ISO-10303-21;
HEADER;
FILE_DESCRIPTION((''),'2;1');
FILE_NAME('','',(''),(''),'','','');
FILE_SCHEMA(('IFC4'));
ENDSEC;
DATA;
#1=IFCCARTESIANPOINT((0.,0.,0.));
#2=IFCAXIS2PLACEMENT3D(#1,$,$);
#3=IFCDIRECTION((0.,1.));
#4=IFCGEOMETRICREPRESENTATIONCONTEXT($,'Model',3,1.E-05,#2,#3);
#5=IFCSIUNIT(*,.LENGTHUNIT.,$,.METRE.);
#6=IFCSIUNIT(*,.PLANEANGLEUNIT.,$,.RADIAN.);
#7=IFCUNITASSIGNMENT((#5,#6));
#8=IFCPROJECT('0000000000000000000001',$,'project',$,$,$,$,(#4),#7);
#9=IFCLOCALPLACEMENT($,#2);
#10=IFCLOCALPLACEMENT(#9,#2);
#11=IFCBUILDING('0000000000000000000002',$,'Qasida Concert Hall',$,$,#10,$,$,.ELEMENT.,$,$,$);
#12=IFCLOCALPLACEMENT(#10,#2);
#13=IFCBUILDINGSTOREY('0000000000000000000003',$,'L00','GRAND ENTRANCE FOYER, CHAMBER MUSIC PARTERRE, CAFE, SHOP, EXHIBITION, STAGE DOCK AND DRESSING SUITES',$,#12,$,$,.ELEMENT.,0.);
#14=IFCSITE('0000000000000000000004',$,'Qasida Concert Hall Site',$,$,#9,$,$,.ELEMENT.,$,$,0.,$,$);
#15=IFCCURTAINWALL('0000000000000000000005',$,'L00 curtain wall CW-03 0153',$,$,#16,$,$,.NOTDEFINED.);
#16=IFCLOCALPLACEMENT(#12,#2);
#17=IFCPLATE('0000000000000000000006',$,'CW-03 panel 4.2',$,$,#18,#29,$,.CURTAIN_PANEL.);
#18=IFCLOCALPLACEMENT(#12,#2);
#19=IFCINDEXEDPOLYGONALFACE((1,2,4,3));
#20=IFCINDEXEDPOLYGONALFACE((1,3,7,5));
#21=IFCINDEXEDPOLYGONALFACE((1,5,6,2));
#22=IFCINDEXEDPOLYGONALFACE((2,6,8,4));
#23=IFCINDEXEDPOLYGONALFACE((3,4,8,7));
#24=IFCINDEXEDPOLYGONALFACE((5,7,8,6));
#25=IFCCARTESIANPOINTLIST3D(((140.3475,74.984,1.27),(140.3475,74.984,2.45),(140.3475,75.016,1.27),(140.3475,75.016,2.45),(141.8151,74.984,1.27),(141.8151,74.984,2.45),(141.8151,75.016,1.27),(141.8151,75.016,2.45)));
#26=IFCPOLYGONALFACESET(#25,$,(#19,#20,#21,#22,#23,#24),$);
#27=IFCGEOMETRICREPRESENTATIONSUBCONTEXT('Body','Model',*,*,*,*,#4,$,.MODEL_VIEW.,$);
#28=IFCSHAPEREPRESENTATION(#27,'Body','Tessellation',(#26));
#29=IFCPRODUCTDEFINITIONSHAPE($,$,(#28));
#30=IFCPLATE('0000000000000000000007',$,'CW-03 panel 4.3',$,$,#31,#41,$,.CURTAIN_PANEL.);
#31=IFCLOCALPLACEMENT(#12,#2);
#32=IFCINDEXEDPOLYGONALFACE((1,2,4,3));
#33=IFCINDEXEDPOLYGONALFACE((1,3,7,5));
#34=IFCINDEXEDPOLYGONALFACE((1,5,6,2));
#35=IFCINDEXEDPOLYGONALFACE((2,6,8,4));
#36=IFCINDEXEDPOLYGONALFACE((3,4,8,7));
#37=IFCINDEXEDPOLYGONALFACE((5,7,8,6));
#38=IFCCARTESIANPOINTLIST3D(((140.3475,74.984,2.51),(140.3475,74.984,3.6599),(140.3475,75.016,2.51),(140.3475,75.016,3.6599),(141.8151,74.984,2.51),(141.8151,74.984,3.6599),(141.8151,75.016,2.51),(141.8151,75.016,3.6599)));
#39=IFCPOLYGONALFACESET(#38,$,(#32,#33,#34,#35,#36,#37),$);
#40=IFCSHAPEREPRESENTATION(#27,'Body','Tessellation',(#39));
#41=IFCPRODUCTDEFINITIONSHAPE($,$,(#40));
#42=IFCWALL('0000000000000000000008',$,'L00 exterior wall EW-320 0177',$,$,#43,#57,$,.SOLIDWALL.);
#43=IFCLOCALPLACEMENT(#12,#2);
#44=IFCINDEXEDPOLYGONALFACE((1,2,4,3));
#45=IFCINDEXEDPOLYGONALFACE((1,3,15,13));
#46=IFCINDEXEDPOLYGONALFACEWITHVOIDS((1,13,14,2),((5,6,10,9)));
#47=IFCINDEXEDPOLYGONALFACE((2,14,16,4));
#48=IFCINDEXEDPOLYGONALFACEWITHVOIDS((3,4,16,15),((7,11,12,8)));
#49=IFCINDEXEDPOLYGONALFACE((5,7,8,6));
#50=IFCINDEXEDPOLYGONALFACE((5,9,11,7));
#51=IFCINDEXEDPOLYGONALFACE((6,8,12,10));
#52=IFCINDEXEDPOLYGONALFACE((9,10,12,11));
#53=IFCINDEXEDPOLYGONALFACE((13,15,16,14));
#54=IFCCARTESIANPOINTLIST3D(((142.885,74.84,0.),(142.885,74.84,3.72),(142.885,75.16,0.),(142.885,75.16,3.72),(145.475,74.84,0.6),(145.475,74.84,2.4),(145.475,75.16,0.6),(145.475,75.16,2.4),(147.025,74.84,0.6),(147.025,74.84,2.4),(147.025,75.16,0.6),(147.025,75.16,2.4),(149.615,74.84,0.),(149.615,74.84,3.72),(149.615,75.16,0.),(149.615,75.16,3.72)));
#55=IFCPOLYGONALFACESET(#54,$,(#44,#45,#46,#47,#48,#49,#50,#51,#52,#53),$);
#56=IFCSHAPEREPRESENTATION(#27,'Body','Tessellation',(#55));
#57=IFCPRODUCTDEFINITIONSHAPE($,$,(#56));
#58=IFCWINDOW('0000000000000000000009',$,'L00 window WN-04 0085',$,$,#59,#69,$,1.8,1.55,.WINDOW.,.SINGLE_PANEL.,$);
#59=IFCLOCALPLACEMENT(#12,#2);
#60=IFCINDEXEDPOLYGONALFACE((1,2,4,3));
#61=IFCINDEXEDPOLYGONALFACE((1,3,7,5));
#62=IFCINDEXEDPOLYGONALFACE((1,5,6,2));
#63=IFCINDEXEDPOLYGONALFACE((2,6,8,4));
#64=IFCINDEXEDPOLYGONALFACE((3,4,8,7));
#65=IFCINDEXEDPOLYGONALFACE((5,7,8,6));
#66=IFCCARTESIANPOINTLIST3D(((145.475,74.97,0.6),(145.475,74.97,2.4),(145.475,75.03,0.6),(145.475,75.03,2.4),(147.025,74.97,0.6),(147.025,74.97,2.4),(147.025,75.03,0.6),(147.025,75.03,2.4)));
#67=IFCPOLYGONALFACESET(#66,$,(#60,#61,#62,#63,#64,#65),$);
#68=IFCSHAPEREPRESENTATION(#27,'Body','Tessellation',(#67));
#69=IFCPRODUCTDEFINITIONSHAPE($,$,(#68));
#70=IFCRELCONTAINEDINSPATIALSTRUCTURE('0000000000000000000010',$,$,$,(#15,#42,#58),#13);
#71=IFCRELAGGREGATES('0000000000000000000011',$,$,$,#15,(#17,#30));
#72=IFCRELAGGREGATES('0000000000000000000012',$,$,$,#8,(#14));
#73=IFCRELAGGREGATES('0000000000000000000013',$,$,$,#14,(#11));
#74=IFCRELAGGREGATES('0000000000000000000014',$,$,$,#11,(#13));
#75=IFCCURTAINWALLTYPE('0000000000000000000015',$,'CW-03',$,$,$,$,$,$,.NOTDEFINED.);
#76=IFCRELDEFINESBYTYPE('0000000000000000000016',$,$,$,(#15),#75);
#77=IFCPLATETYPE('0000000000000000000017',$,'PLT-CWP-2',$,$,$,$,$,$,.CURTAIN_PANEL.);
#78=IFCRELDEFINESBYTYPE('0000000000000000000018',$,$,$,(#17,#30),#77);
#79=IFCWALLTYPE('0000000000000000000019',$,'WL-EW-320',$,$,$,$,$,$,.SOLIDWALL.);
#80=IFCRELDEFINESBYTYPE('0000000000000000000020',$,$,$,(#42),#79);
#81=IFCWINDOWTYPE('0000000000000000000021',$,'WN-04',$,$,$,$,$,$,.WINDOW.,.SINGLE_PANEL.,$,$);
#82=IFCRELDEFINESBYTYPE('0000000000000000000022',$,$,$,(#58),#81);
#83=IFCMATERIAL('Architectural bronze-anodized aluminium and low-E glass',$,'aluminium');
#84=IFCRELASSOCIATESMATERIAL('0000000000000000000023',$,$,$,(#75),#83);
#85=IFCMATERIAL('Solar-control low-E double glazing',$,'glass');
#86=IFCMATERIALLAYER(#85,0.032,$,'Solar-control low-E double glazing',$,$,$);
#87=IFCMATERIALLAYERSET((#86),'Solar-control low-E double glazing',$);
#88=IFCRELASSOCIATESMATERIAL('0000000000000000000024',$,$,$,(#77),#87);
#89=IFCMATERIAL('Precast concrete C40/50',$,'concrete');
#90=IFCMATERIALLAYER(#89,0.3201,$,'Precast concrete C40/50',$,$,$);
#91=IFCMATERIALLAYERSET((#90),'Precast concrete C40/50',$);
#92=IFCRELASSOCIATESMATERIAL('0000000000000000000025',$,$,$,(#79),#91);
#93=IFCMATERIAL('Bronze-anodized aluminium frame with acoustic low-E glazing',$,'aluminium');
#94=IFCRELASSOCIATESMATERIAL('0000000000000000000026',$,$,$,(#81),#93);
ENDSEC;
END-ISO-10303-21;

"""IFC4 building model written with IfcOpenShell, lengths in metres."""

from ifc_helpers import new_model, si_unit, direction, frame, frame_2d, origin, origin_2d, place, context, subcontext, project, spatial, rectangle, extrude, material, layer, layer_set, type_object, element, fill, aggregate, save


model = new_model("IFC4")

# Units and contexts
model_context = context("Model", 3, precision=1e-05, world=origin(), true_north=direction((0.0, 1.0)))
body_context = subcontext(model_context, "Body", "Model", "MODEL_VIEW")
ifc_project = project(units=[si_unit("LENGTHUNIT", "METRE"), si_unit("PLANEANGLEUNIT", "RADIAN")], contexts=[model_context])

# Site, building, storey
site_placement = place(None, origin())
site = spatial("IfcSite", under=ifc_project, at=site_placement, Name="Qasida Concert Hall Site", CompositionType="ELEMENT", RefElevation=0.0)
building_placement = place(site_placement, origin())
building = spatial("IfcBuilding", under=site, at=building_placement, Name="Qasida Concert Hall", CompositionType="ELEMENT")
storey_placement = place(building_placement, origin())
storey = spatial("IfcBuildingStorey", under=building, at=storey_placement, Name="L00", Description="GRAND ENTRANCE FOYER, CHAMBER MUSIC PARTERRE, CAFE, SHOP, EXHIBITION, STAGE DOCK AND DRESSING SUITES", CompositionType="ELEMENT", Elevation=0.0)

# Curtain wall
ifc_material_1 = material(Name="Architectural bronze-anodized aluminium and low-E glass", Category="aluminium")
curtain_wall_type = type_object("IfcCurtainWallType", Name="CW-03", PredefinedType="NOTDEFINED", material=ifc_material_1)
curtain_wall_1_placement = place(storey_placement, origin())
curtain_wall_1 = element("IfcCurtainWall", 1, at=curtain_wall_1_placement, inside=storey, type_object=curtain_wall_type, Name="L00 curtain wall CW-03 0153", PredefinedType="NOTDEFINED")

# Plates
ifc_material_2 = material(Name="Solar-control low-E double glazing", Category="glass")
ifc_layer_1 = layer(ifc_material_2, 0.032, Name="Solar-control low-E double glazing")
ifc_layer_set_1 = layer_set([ifc_layer_1], Name="Solar-control low-E double glazing")
plate_type = type_object("IfcPlateType", Name="PLT-CWP-2", PredefinedType="CURTAIN_PANEL", material=ifc_layer_set_1)
plate_1_placement = place(storey_placement, frame((141.0813, 75.0, 1.27), z_axis=(0.0, 0.0, 1.0), x_axis=(1.0, 0.0, 0.0)))
plate_1 = element("IfcPlate", 2, at=plate_1_placement, type_object=plate_type, Name="CW-03 panel 4.2", PredefinedType="CURTAIN_PANEL", context=body_context, shape_type="SweptSolid", body=[
    extrude(rectangle(XDim=1.4675, YDim=0.032, at=origin_2d()), origin(), (0.0, 0.0, 1.0), 1.1799),
])
plate_2_placement = place(storey_placement, frame((141.0813, 75.0, 2.51), z_axis=(0.0, 0.0, 1.0), x_axis=(1.0, 0.0, 0.0)))
plate_2 = element("IfcPlate", 3, at=plate_2_placement, type_object=plate_type, Name="CW-03 panel 4.3", PredefinedType="CURTAIN_PANEL", context=body_context, shape_type="SweptSolid", body=[
    extrude(rectangle(XDim=1.4675, YDim=0.032, at=origin_2d()), origin(), (0.0, 0.0, 1.0), 1.1499),
])
aggregate(curtain_wall_1, [plate_1, plate_2])

# Wall, opening, window
ifc_material_3 = material(Name="Precast concrete C40/50", Category="concrete")
ifc_layer_2 = layer(ifc_material_3, 0.3201, Name="Precast concrete C40/50")
ifc_layer_set_2 = layer_set([ifc_layer_2], Name="Precast concrete C40/50")
wall_type = type_object("IfcWallType", Name="WL-EW-320", PredefinedType="SOLIDWALL", material=ifc_layer_set_2)
wall_placement = place(storey_placement, frame((142.885, 75.0, 0.0), z_axis=(0.0, 0.0, 1.0), x_axis=(1.0, 0.0, 0.0)))
wall = element("IfcWall", 4, at=wall_placement, inside=storey, type_object=wall_type, Name="L00 exterior wall EW-320 0177", PredefinedType="SOLIDWALL", context=body_context, shape_type="SweptSolid", body=[
    extrude(rectangle(XDim=6.73, YDim=0.3201, at=frame_2d((3.365, 0.0))), origin(), (0.0, 0.0, 1.0), 3.72),
])
opening_placement = place(wall_placement, frame((2.5901, 0.0, 0.6001)))
opening = element("IfcOpeningElement", 5, at=opening_placement, cuts=wall, PredefinedType="OPENING", context=body_context, shape_type="SweptSolid", body=[
    extrude(rectangle(XDim=1.55, YDim=1.8, at=frame_2d((0.7749, 0.8999))), frame((0.0, 0.1699, 0.0), z_axis=(0.0, -1.0, 0.0), x_axis=(1.0, 0.0, 0.0)), (0.0, 0.0, 1.0), 0.3401),
])
ifc_material_4 = material(Name="Bronze-anodized aluminium frame with acoustic low-E glazing", Category="aluminium")
window_type = type_object("IfcWindowType", Name="WN-04", PartitioningType="SINGLE_PANEL", PredefinedType="WINDOW", material=ifc_material_4)
window_placement = place(opening_placement, origin())
window = element("IfcWindow", 6, at=window_placement, inside=storey, type_object=window_type, Name="L00 window WN-04 0085", OverallHeight=1.8, OverallWidth=1.55, PartitioningType="SINGLE_PANEL", PredefinedType="WINDOW", context=body_context, shape_type="SweptSolid", body=[
    extrude(rectangle(XDim=1.55, YDim=1.8, at=frame_2d((0.7749, 0.8999))), frame((0.0, 0.03, 0.0), z_axis=(0.0, -1.0, 0.0), x_axis=(1.0, 0.0, 0.0)), (0.0, 0.0, 1.0), 0.0601),
])
fill(opening, window)

save(model, "model.ifc")
